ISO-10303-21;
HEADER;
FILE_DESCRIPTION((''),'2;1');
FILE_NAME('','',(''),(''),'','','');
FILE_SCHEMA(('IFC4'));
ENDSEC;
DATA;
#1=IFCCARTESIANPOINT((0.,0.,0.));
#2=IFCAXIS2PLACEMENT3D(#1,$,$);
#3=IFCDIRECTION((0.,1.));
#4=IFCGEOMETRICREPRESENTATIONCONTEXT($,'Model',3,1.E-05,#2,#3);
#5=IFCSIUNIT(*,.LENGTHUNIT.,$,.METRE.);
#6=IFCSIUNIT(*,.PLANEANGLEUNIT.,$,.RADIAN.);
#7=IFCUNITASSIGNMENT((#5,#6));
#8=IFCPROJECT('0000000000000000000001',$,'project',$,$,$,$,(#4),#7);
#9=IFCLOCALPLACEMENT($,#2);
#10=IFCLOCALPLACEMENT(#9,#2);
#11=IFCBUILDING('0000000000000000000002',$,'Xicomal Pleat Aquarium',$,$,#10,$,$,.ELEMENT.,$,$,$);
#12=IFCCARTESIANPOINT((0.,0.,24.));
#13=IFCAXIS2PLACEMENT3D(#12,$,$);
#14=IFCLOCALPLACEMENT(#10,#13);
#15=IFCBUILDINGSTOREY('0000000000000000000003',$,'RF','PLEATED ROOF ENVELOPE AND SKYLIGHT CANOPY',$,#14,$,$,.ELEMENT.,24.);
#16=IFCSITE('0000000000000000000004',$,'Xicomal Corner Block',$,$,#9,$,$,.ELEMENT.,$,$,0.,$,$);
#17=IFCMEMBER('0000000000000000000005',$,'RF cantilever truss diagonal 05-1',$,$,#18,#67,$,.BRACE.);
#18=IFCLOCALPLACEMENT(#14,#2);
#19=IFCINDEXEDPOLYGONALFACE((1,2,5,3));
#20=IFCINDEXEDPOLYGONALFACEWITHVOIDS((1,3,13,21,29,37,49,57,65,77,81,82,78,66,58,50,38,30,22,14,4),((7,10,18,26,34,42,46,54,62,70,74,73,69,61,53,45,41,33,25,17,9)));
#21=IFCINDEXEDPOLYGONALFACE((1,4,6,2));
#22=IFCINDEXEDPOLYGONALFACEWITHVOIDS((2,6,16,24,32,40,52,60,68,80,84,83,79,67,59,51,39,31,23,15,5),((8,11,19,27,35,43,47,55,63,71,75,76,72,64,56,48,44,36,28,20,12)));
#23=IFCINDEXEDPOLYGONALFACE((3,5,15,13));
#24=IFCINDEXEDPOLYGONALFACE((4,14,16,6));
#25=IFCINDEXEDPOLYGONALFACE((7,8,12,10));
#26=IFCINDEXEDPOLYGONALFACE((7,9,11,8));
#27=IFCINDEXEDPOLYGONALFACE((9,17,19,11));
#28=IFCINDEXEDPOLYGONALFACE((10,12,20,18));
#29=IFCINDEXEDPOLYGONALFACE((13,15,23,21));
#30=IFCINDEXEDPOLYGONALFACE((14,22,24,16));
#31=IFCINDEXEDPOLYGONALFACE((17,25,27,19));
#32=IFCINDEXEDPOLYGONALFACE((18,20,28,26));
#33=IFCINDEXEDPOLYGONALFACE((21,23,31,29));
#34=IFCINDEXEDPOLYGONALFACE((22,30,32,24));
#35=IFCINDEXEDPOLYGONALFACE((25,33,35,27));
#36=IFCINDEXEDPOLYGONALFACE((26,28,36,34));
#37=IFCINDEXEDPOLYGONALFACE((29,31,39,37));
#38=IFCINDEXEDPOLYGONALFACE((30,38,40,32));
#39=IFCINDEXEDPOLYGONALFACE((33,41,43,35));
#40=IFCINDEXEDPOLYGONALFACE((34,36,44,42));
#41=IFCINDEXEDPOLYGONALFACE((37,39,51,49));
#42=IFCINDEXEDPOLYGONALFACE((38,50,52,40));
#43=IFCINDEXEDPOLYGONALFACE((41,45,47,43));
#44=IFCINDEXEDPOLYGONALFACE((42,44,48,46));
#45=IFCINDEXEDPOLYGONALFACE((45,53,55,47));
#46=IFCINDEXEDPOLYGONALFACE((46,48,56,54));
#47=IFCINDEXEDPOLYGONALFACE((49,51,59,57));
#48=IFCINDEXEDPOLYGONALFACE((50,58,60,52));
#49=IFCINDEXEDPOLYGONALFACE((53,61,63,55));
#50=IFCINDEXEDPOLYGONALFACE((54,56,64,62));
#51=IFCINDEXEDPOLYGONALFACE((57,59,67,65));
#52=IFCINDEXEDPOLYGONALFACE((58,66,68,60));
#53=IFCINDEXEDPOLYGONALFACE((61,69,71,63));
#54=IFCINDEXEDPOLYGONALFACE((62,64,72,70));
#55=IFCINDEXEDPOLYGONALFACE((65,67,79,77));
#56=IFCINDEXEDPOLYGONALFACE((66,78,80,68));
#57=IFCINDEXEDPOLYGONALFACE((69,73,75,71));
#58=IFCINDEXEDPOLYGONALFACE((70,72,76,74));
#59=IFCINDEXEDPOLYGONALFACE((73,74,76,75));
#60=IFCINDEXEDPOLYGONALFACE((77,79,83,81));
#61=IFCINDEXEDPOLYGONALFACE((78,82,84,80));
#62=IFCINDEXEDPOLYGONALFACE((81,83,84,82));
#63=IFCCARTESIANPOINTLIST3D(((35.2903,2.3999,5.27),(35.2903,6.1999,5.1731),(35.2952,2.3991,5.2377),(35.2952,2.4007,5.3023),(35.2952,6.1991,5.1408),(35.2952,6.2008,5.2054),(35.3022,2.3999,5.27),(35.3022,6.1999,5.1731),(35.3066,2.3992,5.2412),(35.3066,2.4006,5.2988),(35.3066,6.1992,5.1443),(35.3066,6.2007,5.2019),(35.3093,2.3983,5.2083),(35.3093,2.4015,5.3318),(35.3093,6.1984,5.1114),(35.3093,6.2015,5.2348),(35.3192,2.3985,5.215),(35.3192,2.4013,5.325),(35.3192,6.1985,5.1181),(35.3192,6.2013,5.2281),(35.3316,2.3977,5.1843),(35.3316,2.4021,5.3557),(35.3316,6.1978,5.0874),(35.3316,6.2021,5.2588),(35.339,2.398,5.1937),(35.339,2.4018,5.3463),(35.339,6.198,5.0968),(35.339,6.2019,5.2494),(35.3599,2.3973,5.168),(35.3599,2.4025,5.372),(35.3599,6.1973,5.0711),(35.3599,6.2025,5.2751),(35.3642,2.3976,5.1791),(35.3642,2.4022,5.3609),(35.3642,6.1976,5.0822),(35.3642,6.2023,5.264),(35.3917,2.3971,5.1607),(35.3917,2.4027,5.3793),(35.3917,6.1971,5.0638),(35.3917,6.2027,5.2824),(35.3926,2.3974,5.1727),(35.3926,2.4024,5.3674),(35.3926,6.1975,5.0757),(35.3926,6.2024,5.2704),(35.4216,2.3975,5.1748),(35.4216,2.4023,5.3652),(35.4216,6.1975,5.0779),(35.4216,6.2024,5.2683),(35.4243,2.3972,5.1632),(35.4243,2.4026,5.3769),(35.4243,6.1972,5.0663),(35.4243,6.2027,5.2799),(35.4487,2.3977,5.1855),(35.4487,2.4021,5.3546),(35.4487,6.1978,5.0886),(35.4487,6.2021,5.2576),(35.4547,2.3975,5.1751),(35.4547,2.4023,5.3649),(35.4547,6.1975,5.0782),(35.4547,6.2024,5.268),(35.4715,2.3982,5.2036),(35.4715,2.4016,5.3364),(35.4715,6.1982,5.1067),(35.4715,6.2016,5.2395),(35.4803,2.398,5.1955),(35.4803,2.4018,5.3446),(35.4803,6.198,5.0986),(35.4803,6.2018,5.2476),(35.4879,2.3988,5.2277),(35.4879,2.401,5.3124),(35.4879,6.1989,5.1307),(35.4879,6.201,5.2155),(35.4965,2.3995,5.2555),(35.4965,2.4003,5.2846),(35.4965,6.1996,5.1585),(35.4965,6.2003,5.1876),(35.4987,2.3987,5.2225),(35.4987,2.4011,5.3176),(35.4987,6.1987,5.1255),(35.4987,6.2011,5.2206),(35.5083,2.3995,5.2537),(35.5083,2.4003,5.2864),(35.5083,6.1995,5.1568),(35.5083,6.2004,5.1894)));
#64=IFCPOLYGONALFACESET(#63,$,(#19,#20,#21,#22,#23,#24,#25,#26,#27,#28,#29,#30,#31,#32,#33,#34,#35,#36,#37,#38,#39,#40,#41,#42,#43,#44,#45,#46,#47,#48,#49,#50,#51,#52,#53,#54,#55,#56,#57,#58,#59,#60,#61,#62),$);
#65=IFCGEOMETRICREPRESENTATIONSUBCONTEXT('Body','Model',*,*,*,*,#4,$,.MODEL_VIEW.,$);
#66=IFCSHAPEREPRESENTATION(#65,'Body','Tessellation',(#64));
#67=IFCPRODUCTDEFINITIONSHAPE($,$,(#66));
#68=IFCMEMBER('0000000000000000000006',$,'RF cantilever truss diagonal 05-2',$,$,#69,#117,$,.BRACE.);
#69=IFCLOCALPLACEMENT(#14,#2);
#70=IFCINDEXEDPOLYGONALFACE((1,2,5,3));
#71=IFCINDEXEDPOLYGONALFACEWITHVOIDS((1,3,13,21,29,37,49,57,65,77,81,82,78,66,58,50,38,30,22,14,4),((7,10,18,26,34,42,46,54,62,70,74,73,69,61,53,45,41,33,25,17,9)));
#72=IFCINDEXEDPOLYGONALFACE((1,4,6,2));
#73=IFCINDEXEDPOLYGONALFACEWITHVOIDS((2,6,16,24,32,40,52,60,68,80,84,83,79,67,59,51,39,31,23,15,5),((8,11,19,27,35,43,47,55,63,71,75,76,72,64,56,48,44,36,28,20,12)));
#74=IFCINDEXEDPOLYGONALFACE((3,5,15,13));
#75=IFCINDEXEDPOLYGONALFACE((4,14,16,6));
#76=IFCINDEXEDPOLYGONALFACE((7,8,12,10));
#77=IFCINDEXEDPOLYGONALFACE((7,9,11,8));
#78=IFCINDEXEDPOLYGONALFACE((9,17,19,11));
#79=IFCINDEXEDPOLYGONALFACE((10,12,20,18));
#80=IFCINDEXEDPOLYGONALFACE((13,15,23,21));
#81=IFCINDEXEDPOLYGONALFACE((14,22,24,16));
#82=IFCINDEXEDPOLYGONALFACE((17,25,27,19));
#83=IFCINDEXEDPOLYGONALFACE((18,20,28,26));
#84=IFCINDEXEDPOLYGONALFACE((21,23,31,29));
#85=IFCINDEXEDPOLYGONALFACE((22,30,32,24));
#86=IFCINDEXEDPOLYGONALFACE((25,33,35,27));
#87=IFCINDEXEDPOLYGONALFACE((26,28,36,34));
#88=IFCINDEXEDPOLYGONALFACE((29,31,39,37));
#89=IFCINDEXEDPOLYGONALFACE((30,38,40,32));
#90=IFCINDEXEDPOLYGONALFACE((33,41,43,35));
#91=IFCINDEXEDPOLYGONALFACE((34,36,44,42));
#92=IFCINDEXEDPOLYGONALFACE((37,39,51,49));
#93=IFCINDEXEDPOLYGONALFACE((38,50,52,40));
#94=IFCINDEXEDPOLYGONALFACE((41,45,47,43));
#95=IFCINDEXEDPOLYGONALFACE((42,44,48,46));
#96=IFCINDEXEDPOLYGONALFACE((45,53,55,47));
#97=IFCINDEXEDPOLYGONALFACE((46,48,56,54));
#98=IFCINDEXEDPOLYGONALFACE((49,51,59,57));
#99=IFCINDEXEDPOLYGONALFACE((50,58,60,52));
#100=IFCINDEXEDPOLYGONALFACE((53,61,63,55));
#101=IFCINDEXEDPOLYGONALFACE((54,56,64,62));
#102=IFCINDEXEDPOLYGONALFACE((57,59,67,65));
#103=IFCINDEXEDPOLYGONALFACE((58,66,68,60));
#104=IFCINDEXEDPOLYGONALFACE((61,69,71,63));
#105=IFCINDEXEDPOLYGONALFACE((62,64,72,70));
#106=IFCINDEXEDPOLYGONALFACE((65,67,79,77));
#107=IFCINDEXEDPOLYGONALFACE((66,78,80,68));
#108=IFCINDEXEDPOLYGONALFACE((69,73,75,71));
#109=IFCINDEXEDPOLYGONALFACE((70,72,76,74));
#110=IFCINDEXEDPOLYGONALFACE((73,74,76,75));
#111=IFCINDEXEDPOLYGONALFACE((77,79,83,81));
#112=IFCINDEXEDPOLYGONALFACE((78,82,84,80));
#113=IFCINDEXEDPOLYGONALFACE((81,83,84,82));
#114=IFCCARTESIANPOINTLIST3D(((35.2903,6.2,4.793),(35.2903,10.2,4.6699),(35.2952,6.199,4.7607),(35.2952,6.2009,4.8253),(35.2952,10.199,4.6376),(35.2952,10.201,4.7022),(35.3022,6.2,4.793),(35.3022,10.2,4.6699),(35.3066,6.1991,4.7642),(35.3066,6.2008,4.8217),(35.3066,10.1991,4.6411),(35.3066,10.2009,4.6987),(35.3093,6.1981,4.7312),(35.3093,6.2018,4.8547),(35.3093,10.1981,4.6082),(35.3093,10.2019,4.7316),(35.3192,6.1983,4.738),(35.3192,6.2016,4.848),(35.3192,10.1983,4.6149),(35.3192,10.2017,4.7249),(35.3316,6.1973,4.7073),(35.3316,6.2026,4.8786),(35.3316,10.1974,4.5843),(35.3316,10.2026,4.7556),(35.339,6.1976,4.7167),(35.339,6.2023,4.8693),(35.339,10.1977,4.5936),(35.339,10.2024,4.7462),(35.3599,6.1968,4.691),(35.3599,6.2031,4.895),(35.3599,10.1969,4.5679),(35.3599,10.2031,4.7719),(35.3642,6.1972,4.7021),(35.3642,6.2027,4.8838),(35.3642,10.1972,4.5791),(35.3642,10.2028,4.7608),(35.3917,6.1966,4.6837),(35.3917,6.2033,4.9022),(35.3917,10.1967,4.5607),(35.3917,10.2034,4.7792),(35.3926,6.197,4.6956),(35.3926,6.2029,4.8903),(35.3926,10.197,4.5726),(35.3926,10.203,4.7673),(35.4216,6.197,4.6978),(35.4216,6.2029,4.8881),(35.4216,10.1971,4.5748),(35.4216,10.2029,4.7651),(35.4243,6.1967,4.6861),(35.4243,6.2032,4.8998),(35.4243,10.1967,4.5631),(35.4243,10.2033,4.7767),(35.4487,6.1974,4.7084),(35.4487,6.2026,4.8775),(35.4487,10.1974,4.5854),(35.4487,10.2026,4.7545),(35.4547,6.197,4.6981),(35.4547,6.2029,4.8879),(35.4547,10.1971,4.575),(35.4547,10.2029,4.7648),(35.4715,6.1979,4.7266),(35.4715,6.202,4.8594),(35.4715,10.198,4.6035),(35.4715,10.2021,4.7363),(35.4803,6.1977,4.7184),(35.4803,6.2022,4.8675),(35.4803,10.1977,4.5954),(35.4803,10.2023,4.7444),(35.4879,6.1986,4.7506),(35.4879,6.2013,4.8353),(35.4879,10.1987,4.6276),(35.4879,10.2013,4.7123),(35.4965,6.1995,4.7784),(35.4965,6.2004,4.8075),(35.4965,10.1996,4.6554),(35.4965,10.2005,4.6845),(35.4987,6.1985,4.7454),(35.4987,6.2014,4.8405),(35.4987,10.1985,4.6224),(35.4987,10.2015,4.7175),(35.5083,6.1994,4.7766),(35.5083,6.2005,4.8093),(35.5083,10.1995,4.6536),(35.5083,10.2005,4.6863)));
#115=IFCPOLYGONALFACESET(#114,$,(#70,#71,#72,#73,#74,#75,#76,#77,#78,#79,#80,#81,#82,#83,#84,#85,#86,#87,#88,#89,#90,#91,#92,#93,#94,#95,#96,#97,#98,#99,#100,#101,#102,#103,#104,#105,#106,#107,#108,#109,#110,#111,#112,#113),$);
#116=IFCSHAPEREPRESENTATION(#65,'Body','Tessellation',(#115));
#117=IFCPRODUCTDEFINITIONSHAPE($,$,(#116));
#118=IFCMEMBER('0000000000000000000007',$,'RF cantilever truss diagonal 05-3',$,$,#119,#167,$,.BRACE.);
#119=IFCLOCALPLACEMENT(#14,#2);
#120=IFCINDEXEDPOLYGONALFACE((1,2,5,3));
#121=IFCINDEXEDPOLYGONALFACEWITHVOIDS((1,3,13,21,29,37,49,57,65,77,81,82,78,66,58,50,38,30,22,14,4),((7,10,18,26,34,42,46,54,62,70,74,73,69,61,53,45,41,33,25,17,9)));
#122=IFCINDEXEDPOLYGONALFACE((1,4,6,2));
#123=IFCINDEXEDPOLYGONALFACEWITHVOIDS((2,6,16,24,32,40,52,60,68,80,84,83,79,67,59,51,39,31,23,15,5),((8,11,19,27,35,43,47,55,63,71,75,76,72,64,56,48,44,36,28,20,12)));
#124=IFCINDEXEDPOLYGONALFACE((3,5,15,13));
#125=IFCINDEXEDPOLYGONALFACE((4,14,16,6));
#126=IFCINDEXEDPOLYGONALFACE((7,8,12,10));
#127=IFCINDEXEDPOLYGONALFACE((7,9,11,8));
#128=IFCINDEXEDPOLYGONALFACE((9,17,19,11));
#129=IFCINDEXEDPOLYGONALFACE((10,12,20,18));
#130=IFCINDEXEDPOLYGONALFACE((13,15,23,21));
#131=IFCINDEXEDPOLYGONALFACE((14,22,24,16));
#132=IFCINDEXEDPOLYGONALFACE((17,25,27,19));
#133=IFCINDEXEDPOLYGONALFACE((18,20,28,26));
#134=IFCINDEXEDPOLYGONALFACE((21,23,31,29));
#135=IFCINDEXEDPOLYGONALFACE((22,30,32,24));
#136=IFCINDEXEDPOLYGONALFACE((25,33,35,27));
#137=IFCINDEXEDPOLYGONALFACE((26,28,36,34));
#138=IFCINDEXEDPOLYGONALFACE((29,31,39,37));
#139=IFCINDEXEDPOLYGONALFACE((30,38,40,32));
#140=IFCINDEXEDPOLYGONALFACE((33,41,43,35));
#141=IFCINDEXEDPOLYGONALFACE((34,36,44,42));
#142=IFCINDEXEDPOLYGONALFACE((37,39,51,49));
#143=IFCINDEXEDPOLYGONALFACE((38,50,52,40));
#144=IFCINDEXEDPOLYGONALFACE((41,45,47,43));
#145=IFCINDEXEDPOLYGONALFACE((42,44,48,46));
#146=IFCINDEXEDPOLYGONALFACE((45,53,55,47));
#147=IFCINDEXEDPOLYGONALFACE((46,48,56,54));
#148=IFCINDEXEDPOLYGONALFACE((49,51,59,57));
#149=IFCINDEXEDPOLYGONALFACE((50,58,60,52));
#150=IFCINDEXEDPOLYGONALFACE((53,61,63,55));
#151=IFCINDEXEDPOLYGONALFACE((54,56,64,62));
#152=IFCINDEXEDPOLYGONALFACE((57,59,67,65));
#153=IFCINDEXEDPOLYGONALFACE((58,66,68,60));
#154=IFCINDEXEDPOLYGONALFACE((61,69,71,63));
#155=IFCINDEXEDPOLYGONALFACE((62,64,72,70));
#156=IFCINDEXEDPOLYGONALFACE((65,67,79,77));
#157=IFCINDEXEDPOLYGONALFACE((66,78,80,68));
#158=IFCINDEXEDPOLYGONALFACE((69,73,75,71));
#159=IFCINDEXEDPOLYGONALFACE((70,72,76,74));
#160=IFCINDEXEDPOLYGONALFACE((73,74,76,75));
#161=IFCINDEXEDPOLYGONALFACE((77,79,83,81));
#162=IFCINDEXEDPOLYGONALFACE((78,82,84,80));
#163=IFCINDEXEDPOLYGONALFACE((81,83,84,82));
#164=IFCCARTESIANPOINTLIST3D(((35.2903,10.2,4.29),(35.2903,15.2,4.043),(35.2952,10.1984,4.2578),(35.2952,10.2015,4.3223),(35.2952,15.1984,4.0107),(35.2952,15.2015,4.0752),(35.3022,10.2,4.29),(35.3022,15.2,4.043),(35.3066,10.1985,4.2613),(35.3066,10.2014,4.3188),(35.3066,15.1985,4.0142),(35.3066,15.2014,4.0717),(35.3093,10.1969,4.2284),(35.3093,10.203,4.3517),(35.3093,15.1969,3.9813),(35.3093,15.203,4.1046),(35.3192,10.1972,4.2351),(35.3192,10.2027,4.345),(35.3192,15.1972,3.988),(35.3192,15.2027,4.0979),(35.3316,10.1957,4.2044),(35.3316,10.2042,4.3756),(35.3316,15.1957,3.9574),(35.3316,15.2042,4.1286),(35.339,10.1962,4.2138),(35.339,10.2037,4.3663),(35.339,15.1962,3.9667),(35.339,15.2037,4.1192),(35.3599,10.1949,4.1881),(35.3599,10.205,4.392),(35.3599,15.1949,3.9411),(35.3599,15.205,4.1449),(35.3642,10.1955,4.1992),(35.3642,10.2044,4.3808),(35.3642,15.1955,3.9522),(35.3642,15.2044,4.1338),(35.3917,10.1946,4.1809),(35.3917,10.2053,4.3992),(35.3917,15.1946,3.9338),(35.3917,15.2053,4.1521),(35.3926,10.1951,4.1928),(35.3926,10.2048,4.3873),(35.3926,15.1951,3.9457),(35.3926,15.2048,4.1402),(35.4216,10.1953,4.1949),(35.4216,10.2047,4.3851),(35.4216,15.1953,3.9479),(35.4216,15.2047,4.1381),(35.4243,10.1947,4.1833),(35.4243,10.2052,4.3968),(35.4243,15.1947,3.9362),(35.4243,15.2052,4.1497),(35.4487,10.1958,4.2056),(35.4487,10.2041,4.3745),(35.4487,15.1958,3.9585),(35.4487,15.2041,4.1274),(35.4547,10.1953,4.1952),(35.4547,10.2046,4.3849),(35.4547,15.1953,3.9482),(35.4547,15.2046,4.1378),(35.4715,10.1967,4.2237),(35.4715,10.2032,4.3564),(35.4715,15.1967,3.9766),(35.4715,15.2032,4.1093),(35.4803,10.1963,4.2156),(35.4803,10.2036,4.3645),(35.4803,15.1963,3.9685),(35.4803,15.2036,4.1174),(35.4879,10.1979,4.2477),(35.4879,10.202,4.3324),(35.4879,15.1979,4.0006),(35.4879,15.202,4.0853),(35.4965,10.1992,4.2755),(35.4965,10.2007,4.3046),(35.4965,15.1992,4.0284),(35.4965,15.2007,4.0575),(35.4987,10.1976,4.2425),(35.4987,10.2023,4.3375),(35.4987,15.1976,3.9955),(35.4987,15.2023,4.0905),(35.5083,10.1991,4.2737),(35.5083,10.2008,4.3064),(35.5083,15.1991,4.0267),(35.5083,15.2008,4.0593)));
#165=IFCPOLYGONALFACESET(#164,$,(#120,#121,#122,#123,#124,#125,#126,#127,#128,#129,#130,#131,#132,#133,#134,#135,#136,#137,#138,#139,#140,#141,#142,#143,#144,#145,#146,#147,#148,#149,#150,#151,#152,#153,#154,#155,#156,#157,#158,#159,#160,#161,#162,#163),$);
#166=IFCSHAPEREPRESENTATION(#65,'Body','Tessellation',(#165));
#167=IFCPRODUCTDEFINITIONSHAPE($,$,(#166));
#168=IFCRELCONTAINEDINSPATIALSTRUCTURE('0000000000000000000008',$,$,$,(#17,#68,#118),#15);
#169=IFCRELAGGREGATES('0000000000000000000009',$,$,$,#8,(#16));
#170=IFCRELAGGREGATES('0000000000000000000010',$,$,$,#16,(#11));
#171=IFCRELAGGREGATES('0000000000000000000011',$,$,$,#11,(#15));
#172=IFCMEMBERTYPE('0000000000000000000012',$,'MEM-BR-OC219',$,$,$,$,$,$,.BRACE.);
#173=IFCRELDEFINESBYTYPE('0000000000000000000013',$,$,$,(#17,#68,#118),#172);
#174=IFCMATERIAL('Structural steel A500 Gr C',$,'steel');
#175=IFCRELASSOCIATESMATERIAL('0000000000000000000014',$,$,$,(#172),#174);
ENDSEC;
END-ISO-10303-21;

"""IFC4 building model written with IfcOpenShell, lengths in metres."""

from ifc_helpers import new_model, si_unit, direction, frame, origin, origin_2d, place, context, subcontext, project, spatial, hollow_circle, extrude, material, material_profile, profile_set, type_object, element, save


model = new_model("IFC4")

# Units and contexts
model_context = context("Model", 3, precision=1e-05, world=origin(), true_north=direction((0.0, 1.0)))
body_context = subcontext(model_context, "Body", "Model", "MODEL_VIEW")
ifc_project = project(units=[si_unit("LENGTHUNIT", "METRE"), si_unit("PLANEANGLEUNIT", "RADIAN")], contexts=[model_context])

# Site, building, storey
site_placement = place(None, origin())
site = spatial("IfcSite", under=ifc_project, at=site_placement, Name="Xicomal Corner Block", CompositionType="ELEMENT", RefElevation=0.0)
building_placement = place(site_placement, origin())
building = spatial("IfcBuilding", under=site, at=building_placement, Name="Xicomal Pleat Aquarium", CompositionType="ELEMENT")
storey_placement = place(building_placement, frame((0.0, 0.0, 24.0)))
storey = spatial("IfcBuildingStorey", under=building, at=storey_placement, Name="RF", Description="PLEATED ROOF ENVELOPE AND SKYLIGHT CANOPY", CompositionType="ELEMENT", Elevation=24.0)

# Members
ifc_material_1 = material(Name="Structural steel A500 Gr C", Category="steel")
ifc_material_profile_1 = material_profile(ifc_material_1, hollow_circle(Radius=0.1096, WallThickness=0.012, at=origin_2d()), Name="OC 219x12")
ifc_profile_set_1 = profile_set([ifc_material_profile_1], Name="Structural steel A500 Gr C")
member_type_1 = type_object("IfcMemberType", Name="MEM-BR-OC219", PredefinedType="BRACE", material=ifc_profile_set_1)
member_1_placement = place(storey_placement, frame((35.3999, 2.3999, 5.27), z_axis=(0.0, 0.999675, -0.025498), x_axis=(-1.0, 0.0, 0.0)))
element("IfcMember", 1, at=member_1_placement, inside=storey, type_object=member_type_1, Name="RF cantilever truss diagonal 05-1", PredefinedType="BRACE", context=body_context, shape_type="SweptSolid", body=[
    extrude(hollow_circle(Radius=0.1096, WallThickness=0.012, at=origin_2d()), origin(), (0.0, 0.0, 1.0), 3.8013),
])
member_2_placement = place(storey_placement, frame((35.3999, 6.2, 4.793), z_axis=(0.0, 0.999527, -0.030747), x_axis=(-1.0, 0.0, 0.0)))
element("IfcMember", 2, at=member_2_placement, inside=storey, type_object=member_type_1, Name="RF cantilever truss diagonal 05-2", PredefinedType="BRACE", context=body_context, shape_type="SweptSolid", body=[
    extrude(hollow_circle(Radius=0.1096, WallThickness=0.012, at=origin_2d()), origin(), (0.0, 0.0, 1.0), 4.002),
])
member_3_placement = place(storey_placement, frame((35.3999, 10.2, 4.29), z_axis=(0.0, 0.998781, -0.049354), x_axis=(-1.0, 0.0, 0.0)))
element("IfcMember", 3, at=member_3_placement, inside=storey, type_object=member_type_1, Name="RF cantilever truss diagonal 05-3", PredefinedType="BRACE", context=body_context, shape_type="SweptSolid", body=[
    extrude(hollow_circle(Radius=0.1096, WallThickness=0.012, at=origin_2d()), origin(), (0.0, 0.0, 1.0), 5.0061),
])

save(model, "model.ifc")
